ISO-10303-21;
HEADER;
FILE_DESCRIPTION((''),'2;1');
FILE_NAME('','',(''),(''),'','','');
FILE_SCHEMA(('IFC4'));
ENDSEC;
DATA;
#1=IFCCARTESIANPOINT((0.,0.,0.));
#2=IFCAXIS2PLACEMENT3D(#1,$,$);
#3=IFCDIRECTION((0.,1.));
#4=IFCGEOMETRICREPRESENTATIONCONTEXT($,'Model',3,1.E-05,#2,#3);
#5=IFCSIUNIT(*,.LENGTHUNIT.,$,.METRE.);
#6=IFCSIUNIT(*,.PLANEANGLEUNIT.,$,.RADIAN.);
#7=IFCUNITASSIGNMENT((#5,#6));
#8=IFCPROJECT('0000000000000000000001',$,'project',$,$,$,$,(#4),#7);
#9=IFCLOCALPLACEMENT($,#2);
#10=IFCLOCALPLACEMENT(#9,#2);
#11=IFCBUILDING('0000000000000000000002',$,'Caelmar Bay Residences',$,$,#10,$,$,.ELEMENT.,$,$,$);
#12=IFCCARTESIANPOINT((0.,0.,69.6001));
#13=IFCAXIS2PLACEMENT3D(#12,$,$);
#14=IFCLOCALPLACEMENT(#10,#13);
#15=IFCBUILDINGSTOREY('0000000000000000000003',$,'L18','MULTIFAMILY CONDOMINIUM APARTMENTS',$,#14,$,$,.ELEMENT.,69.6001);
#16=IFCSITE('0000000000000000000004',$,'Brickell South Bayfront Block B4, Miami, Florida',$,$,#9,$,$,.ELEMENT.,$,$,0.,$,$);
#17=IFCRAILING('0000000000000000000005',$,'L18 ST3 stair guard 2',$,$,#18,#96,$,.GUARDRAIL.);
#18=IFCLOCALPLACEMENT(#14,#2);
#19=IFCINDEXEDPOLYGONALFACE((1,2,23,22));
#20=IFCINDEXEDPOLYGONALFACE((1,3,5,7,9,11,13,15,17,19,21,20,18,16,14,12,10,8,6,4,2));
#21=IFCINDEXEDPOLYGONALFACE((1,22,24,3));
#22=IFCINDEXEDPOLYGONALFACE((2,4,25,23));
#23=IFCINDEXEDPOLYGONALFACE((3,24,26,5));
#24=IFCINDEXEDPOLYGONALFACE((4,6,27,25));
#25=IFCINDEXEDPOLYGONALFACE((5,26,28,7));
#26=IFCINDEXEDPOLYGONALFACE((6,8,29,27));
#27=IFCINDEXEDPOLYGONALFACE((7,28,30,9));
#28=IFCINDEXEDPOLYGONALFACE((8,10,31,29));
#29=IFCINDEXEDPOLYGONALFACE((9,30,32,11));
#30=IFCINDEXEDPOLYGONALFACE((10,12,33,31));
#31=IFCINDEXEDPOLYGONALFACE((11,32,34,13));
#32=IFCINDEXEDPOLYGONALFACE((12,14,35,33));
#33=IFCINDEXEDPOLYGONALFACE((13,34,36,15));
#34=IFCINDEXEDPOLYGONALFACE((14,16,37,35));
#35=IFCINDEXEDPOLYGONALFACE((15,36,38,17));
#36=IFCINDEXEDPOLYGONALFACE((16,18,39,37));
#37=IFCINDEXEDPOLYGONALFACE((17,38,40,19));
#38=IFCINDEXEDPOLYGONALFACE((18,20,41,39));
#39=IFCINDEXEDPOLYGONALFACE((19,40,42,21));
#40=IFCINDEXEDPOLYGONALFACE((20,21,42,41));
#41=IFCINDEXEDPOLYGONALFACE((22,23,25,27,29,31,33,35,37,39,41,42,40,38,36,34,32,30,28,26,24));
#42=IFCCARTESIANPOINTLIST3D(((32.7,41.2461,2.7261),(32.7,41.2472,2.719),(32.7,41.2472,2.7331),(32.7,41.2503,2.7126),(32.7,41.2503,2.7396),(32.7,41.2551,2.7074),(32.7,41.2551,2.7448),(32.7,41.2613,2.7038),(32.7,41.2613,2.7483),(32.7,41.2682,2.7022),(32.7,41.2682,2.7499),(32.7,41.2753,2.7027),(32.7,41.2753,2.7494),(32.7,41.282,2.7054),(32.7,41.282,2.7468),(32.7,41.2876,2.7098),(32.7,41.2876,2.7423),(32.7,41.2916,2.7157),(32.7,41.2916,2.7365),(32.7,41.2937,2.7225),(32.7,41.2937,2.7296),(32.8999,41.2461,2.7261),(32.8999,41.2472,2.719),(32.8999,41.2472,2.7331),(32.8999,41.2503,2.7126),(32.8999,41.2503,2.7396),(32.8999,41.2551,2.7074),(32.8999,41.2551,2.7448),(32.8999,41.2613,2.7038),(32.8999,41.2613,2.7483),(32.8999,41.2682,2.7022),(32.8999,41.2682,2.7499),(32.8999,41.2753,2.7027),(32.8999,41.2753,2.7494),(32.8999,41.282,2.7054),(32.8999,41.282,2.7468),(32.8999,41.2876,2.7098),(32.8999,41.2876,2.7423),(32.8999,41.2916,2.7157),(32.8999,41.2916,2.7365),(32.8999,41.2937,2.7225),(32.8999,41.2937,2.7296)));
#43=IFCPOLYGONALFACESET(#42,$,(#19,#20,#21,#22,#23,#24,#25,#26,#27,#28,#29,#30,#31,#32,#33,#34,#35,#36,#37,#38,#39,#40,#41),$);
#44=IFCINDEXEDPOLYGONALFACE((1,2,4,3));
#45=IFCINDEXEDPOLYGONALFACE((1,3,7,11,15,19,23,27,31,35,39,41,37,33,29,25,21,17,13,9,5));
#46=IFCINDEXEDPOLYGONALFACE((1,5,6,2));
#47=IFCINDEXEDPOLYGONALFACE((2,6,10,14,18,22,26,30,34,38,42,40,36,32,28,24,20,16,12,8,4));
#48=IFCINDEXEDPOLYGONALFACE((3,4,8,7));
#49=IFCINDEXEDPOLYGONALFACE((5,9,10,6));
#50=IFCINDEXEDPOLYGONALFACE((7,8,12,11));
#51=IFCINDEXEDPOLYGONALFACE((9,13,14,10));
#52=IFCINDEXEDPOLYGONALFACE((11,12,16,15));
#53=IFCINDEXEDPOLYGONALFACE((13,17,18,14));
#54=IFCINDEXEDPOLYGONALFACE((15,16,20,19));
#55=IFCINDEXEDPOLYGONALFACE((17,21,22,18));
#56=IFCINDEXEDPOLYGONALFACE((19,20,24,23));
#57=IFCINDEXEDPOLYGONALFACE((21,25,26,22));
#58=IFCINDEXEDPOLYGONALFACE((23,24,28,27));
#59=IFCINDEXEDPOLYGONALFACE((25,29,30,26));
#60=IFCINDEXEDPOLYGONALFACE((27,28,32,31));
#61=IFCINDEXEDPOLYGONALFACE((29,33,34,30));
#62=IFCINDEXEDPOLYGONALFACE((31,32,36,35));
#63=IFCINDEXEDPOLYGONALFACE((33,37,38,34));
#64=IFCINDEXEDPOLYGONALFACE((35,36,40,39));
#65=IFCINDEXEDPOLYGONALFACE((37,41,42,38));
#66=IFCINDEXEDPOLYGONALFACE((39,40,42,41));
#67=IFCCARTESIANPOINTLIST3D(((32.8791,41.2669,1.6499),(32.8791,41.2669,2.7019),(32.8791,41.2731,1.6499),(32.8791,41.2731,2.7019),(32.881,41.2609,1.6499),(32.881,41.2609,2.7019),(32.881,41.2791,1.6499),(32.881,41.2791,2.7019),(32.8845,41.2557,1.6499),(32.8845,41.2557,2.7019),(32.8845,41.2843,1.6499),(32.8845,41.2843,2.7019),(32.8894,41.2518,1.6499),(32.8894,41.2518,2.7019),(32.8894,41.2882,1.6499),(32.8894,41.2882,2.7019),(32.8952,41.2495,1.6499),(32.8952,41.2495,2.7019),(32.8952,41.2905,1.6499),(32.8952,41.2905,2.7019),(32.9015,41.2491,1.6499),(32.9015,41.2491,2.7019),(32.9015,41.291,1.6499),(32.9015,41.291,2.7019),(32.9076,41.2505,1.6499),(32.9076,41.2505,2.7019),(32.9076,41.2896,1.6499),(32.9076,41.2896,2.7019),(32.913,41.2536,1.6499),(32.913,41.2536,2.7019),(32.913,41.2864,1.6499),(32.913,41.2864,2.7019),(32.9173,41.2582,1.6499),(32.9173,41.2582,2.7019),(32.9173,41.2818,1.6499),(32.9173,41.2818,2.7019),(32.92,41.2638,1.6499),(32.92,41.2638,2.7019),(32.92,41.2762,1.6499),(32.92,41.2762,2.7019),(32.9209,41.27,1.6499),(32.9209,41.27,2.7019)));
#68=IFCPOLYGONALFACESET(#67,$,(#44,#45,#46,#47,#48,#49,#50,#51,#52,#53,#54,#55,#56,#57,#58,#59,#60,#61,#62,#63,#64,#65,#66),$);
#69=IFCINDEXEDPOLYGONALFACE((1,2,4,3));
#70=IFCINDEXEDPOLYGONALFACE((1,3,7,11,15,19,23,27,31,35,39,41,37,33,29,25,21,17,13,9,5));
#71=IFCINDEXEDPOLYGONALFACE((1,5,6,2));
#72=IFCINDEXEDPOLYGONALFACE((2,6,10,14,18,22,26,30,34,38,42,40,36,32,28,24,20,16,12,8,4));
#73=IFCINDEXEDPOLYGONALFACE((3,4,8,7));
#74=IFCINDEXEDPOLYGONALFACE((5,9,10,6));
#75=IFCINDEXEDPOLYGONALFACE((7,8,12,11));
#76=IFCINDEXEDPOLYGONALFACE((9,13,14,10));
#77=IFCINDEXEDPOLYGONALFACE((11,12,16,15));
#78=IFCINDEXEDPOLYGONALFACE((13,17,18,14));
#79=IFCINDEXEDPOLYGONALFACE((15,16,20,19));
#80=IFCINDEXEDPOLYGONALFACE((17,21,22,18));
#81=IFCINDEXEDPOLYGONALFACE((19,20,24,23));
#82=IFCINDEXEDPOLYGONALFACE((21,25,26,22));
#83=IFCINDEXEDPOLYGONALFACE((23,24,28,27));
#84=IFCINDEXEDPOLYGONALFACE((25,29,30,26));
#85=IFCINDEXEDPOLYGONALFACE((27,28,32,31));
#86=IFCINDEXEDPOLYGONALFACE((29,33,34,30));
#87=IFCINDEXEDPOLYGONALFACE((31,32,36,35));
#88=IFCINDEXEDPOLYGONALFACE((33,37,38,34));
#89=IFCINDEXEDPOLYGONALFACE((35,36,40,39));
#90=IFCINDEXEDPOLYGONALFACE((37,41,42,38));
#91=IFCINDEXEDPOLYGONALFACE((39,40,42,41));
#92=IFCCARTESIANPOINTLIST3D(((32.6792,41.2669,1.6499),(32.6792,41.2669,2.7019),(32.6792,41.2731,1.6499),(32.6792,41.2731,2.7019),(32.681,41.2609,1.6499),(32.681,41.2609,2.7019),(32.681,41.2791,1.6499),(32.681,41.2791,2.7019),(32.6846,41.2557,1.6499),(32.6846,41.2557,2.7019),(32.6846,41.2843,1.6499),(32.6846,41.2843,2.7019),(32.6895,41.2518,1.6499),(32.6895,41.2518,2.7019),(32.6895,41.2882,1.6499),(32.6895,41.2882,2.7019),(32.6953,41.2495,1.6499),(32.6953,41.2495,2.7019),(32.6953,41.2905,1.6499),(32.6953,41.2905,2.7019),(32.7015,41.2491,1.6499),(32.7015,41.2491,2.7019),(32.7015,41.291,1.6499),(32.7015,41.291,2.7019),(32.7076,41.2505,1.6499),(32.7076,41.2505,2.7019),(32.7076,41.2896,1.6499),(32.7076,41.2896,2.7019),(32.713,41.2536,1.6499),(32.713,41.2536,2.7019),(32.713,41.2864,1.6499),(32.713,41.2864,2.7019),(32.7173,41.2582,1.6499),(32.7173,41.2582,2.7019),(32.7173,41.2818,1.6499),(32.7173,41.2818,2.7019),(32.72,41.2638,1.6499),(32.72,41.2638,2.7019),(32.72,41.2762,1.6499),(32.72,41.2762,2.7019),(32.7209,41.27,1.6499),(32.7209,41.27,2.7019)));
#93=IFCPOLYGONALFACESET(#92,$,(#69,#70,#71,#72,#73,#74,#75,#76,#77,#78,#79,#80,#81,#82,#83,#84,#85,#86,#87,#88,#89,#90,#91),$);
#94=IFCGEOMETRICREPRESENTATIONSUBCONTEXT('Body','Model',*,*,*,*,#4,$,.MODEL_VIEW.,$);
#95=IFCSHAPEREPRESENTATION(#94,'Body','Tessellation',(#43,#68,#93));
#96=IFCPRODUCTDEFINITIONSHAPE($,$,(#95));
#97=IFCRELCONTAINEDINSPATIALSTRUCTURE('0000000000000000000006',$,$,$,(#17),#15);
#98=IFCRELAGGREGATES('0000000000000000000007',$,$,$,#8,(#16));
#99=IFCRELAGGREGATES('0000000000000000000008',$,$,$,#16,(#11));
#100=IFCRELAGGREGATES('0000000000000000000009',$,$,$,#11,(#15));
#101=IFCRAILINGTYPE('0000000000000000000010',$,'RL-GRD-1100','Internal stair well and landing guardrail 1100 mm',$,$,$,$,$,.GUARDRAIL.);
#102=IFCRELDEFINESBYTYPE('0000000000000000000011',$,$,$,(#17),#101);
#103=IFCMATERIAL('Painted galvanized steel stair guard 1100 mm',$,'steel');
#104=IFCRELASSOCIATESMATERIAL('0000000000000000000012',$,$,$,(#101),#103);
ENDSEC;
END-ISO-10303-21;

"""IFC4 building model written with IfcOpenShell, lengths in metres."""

from ifc_helpers import new_model, si_unit, direction, frame, origin, origin_2d, place, context, subcontext, project, spatial, circle, extrude, material, type_object, element, save


model = new_model("IFC4")

# Units and contexts
model_context = context("Model", 3, precision=1e-05, world=origin(), true_north=direction((0.0, 1.0)))
body_context = subcontext(model_context, "Body", "Model", "MODEL_VIEW")
ifc_project = project(units=[si_unit("LENGTHUNIT", "METRE"), si_unit("PLANEANGLEUNIT", "RADIAN")], contexts=[model_context])

# Site, building, storey
site_placement = place(None, origin())
site = spatial("IfcSite", under=ifc_project, at=site_placement, Name="Brickell South Bayfront Block B4, Miami, Florida", CompositionType="ELEMENT", RefElevation=0.0)
building_placement = place(site_placement, origin())
building = spatial("IfcBuilding", under=site, at=building_placement, Name="Caelmar Bay Residences", CompositionType="ELEMENT")
storey_placement = place(building_placement, frame((0.0, 0.0, 69.6001)))
storey = spatial("IfcBuildingStorey", under=building, at=storey_placement, Name="L18", Description="MULTIFAMILY CONDOMINIUM APARTMENTS", CompositionType="ELEMENT", Elevation=69.6001)

# Railing
ifc_material_1 = material(Name="Painted galvanized steel stair guard 1100 mm", Category="steel")
railing_type_1 = type_object("IfcRailingType", Name="RL-GRD-1100", Description="Internal stair well and landing guardrail 1100 mm", PredefinedType="GUARDRAIL", material=ifc_material_1)
railing_1_placement = place(storey_placement, frame((32.8999, 41.27, 1.6499)))
element("IfcRailing", 1, at=railing_1_placement, inside=storey, type_object=railing_type_1, Name="L18 ST3 stair guard 2", PredefinedType="GUARDRAIL", context=body_context, shape_type="SweptSolid", body=[
    extrude(circle(Radius=0.0239, at=origin_2d()), frame((0.0, 0.0, 1.0762), z_axis=(-1.0, 0.0, 0.0), x_axis=(0.0, -1.0, 0.0)), (0.0, 0.0, 1.0), 0.2),
    extrude(circle(Radius=0.021, at=origin_2d()), origin(), (0.0, 0.0, 1.0), 1.052),
    extrude(circle(Radius=0.021, at=origin_2d()), frame((-0.2, 0.0, 0.0)), (0.0, 0.0, 1.0), 1.052),
])

save(model, "model.ifc")
